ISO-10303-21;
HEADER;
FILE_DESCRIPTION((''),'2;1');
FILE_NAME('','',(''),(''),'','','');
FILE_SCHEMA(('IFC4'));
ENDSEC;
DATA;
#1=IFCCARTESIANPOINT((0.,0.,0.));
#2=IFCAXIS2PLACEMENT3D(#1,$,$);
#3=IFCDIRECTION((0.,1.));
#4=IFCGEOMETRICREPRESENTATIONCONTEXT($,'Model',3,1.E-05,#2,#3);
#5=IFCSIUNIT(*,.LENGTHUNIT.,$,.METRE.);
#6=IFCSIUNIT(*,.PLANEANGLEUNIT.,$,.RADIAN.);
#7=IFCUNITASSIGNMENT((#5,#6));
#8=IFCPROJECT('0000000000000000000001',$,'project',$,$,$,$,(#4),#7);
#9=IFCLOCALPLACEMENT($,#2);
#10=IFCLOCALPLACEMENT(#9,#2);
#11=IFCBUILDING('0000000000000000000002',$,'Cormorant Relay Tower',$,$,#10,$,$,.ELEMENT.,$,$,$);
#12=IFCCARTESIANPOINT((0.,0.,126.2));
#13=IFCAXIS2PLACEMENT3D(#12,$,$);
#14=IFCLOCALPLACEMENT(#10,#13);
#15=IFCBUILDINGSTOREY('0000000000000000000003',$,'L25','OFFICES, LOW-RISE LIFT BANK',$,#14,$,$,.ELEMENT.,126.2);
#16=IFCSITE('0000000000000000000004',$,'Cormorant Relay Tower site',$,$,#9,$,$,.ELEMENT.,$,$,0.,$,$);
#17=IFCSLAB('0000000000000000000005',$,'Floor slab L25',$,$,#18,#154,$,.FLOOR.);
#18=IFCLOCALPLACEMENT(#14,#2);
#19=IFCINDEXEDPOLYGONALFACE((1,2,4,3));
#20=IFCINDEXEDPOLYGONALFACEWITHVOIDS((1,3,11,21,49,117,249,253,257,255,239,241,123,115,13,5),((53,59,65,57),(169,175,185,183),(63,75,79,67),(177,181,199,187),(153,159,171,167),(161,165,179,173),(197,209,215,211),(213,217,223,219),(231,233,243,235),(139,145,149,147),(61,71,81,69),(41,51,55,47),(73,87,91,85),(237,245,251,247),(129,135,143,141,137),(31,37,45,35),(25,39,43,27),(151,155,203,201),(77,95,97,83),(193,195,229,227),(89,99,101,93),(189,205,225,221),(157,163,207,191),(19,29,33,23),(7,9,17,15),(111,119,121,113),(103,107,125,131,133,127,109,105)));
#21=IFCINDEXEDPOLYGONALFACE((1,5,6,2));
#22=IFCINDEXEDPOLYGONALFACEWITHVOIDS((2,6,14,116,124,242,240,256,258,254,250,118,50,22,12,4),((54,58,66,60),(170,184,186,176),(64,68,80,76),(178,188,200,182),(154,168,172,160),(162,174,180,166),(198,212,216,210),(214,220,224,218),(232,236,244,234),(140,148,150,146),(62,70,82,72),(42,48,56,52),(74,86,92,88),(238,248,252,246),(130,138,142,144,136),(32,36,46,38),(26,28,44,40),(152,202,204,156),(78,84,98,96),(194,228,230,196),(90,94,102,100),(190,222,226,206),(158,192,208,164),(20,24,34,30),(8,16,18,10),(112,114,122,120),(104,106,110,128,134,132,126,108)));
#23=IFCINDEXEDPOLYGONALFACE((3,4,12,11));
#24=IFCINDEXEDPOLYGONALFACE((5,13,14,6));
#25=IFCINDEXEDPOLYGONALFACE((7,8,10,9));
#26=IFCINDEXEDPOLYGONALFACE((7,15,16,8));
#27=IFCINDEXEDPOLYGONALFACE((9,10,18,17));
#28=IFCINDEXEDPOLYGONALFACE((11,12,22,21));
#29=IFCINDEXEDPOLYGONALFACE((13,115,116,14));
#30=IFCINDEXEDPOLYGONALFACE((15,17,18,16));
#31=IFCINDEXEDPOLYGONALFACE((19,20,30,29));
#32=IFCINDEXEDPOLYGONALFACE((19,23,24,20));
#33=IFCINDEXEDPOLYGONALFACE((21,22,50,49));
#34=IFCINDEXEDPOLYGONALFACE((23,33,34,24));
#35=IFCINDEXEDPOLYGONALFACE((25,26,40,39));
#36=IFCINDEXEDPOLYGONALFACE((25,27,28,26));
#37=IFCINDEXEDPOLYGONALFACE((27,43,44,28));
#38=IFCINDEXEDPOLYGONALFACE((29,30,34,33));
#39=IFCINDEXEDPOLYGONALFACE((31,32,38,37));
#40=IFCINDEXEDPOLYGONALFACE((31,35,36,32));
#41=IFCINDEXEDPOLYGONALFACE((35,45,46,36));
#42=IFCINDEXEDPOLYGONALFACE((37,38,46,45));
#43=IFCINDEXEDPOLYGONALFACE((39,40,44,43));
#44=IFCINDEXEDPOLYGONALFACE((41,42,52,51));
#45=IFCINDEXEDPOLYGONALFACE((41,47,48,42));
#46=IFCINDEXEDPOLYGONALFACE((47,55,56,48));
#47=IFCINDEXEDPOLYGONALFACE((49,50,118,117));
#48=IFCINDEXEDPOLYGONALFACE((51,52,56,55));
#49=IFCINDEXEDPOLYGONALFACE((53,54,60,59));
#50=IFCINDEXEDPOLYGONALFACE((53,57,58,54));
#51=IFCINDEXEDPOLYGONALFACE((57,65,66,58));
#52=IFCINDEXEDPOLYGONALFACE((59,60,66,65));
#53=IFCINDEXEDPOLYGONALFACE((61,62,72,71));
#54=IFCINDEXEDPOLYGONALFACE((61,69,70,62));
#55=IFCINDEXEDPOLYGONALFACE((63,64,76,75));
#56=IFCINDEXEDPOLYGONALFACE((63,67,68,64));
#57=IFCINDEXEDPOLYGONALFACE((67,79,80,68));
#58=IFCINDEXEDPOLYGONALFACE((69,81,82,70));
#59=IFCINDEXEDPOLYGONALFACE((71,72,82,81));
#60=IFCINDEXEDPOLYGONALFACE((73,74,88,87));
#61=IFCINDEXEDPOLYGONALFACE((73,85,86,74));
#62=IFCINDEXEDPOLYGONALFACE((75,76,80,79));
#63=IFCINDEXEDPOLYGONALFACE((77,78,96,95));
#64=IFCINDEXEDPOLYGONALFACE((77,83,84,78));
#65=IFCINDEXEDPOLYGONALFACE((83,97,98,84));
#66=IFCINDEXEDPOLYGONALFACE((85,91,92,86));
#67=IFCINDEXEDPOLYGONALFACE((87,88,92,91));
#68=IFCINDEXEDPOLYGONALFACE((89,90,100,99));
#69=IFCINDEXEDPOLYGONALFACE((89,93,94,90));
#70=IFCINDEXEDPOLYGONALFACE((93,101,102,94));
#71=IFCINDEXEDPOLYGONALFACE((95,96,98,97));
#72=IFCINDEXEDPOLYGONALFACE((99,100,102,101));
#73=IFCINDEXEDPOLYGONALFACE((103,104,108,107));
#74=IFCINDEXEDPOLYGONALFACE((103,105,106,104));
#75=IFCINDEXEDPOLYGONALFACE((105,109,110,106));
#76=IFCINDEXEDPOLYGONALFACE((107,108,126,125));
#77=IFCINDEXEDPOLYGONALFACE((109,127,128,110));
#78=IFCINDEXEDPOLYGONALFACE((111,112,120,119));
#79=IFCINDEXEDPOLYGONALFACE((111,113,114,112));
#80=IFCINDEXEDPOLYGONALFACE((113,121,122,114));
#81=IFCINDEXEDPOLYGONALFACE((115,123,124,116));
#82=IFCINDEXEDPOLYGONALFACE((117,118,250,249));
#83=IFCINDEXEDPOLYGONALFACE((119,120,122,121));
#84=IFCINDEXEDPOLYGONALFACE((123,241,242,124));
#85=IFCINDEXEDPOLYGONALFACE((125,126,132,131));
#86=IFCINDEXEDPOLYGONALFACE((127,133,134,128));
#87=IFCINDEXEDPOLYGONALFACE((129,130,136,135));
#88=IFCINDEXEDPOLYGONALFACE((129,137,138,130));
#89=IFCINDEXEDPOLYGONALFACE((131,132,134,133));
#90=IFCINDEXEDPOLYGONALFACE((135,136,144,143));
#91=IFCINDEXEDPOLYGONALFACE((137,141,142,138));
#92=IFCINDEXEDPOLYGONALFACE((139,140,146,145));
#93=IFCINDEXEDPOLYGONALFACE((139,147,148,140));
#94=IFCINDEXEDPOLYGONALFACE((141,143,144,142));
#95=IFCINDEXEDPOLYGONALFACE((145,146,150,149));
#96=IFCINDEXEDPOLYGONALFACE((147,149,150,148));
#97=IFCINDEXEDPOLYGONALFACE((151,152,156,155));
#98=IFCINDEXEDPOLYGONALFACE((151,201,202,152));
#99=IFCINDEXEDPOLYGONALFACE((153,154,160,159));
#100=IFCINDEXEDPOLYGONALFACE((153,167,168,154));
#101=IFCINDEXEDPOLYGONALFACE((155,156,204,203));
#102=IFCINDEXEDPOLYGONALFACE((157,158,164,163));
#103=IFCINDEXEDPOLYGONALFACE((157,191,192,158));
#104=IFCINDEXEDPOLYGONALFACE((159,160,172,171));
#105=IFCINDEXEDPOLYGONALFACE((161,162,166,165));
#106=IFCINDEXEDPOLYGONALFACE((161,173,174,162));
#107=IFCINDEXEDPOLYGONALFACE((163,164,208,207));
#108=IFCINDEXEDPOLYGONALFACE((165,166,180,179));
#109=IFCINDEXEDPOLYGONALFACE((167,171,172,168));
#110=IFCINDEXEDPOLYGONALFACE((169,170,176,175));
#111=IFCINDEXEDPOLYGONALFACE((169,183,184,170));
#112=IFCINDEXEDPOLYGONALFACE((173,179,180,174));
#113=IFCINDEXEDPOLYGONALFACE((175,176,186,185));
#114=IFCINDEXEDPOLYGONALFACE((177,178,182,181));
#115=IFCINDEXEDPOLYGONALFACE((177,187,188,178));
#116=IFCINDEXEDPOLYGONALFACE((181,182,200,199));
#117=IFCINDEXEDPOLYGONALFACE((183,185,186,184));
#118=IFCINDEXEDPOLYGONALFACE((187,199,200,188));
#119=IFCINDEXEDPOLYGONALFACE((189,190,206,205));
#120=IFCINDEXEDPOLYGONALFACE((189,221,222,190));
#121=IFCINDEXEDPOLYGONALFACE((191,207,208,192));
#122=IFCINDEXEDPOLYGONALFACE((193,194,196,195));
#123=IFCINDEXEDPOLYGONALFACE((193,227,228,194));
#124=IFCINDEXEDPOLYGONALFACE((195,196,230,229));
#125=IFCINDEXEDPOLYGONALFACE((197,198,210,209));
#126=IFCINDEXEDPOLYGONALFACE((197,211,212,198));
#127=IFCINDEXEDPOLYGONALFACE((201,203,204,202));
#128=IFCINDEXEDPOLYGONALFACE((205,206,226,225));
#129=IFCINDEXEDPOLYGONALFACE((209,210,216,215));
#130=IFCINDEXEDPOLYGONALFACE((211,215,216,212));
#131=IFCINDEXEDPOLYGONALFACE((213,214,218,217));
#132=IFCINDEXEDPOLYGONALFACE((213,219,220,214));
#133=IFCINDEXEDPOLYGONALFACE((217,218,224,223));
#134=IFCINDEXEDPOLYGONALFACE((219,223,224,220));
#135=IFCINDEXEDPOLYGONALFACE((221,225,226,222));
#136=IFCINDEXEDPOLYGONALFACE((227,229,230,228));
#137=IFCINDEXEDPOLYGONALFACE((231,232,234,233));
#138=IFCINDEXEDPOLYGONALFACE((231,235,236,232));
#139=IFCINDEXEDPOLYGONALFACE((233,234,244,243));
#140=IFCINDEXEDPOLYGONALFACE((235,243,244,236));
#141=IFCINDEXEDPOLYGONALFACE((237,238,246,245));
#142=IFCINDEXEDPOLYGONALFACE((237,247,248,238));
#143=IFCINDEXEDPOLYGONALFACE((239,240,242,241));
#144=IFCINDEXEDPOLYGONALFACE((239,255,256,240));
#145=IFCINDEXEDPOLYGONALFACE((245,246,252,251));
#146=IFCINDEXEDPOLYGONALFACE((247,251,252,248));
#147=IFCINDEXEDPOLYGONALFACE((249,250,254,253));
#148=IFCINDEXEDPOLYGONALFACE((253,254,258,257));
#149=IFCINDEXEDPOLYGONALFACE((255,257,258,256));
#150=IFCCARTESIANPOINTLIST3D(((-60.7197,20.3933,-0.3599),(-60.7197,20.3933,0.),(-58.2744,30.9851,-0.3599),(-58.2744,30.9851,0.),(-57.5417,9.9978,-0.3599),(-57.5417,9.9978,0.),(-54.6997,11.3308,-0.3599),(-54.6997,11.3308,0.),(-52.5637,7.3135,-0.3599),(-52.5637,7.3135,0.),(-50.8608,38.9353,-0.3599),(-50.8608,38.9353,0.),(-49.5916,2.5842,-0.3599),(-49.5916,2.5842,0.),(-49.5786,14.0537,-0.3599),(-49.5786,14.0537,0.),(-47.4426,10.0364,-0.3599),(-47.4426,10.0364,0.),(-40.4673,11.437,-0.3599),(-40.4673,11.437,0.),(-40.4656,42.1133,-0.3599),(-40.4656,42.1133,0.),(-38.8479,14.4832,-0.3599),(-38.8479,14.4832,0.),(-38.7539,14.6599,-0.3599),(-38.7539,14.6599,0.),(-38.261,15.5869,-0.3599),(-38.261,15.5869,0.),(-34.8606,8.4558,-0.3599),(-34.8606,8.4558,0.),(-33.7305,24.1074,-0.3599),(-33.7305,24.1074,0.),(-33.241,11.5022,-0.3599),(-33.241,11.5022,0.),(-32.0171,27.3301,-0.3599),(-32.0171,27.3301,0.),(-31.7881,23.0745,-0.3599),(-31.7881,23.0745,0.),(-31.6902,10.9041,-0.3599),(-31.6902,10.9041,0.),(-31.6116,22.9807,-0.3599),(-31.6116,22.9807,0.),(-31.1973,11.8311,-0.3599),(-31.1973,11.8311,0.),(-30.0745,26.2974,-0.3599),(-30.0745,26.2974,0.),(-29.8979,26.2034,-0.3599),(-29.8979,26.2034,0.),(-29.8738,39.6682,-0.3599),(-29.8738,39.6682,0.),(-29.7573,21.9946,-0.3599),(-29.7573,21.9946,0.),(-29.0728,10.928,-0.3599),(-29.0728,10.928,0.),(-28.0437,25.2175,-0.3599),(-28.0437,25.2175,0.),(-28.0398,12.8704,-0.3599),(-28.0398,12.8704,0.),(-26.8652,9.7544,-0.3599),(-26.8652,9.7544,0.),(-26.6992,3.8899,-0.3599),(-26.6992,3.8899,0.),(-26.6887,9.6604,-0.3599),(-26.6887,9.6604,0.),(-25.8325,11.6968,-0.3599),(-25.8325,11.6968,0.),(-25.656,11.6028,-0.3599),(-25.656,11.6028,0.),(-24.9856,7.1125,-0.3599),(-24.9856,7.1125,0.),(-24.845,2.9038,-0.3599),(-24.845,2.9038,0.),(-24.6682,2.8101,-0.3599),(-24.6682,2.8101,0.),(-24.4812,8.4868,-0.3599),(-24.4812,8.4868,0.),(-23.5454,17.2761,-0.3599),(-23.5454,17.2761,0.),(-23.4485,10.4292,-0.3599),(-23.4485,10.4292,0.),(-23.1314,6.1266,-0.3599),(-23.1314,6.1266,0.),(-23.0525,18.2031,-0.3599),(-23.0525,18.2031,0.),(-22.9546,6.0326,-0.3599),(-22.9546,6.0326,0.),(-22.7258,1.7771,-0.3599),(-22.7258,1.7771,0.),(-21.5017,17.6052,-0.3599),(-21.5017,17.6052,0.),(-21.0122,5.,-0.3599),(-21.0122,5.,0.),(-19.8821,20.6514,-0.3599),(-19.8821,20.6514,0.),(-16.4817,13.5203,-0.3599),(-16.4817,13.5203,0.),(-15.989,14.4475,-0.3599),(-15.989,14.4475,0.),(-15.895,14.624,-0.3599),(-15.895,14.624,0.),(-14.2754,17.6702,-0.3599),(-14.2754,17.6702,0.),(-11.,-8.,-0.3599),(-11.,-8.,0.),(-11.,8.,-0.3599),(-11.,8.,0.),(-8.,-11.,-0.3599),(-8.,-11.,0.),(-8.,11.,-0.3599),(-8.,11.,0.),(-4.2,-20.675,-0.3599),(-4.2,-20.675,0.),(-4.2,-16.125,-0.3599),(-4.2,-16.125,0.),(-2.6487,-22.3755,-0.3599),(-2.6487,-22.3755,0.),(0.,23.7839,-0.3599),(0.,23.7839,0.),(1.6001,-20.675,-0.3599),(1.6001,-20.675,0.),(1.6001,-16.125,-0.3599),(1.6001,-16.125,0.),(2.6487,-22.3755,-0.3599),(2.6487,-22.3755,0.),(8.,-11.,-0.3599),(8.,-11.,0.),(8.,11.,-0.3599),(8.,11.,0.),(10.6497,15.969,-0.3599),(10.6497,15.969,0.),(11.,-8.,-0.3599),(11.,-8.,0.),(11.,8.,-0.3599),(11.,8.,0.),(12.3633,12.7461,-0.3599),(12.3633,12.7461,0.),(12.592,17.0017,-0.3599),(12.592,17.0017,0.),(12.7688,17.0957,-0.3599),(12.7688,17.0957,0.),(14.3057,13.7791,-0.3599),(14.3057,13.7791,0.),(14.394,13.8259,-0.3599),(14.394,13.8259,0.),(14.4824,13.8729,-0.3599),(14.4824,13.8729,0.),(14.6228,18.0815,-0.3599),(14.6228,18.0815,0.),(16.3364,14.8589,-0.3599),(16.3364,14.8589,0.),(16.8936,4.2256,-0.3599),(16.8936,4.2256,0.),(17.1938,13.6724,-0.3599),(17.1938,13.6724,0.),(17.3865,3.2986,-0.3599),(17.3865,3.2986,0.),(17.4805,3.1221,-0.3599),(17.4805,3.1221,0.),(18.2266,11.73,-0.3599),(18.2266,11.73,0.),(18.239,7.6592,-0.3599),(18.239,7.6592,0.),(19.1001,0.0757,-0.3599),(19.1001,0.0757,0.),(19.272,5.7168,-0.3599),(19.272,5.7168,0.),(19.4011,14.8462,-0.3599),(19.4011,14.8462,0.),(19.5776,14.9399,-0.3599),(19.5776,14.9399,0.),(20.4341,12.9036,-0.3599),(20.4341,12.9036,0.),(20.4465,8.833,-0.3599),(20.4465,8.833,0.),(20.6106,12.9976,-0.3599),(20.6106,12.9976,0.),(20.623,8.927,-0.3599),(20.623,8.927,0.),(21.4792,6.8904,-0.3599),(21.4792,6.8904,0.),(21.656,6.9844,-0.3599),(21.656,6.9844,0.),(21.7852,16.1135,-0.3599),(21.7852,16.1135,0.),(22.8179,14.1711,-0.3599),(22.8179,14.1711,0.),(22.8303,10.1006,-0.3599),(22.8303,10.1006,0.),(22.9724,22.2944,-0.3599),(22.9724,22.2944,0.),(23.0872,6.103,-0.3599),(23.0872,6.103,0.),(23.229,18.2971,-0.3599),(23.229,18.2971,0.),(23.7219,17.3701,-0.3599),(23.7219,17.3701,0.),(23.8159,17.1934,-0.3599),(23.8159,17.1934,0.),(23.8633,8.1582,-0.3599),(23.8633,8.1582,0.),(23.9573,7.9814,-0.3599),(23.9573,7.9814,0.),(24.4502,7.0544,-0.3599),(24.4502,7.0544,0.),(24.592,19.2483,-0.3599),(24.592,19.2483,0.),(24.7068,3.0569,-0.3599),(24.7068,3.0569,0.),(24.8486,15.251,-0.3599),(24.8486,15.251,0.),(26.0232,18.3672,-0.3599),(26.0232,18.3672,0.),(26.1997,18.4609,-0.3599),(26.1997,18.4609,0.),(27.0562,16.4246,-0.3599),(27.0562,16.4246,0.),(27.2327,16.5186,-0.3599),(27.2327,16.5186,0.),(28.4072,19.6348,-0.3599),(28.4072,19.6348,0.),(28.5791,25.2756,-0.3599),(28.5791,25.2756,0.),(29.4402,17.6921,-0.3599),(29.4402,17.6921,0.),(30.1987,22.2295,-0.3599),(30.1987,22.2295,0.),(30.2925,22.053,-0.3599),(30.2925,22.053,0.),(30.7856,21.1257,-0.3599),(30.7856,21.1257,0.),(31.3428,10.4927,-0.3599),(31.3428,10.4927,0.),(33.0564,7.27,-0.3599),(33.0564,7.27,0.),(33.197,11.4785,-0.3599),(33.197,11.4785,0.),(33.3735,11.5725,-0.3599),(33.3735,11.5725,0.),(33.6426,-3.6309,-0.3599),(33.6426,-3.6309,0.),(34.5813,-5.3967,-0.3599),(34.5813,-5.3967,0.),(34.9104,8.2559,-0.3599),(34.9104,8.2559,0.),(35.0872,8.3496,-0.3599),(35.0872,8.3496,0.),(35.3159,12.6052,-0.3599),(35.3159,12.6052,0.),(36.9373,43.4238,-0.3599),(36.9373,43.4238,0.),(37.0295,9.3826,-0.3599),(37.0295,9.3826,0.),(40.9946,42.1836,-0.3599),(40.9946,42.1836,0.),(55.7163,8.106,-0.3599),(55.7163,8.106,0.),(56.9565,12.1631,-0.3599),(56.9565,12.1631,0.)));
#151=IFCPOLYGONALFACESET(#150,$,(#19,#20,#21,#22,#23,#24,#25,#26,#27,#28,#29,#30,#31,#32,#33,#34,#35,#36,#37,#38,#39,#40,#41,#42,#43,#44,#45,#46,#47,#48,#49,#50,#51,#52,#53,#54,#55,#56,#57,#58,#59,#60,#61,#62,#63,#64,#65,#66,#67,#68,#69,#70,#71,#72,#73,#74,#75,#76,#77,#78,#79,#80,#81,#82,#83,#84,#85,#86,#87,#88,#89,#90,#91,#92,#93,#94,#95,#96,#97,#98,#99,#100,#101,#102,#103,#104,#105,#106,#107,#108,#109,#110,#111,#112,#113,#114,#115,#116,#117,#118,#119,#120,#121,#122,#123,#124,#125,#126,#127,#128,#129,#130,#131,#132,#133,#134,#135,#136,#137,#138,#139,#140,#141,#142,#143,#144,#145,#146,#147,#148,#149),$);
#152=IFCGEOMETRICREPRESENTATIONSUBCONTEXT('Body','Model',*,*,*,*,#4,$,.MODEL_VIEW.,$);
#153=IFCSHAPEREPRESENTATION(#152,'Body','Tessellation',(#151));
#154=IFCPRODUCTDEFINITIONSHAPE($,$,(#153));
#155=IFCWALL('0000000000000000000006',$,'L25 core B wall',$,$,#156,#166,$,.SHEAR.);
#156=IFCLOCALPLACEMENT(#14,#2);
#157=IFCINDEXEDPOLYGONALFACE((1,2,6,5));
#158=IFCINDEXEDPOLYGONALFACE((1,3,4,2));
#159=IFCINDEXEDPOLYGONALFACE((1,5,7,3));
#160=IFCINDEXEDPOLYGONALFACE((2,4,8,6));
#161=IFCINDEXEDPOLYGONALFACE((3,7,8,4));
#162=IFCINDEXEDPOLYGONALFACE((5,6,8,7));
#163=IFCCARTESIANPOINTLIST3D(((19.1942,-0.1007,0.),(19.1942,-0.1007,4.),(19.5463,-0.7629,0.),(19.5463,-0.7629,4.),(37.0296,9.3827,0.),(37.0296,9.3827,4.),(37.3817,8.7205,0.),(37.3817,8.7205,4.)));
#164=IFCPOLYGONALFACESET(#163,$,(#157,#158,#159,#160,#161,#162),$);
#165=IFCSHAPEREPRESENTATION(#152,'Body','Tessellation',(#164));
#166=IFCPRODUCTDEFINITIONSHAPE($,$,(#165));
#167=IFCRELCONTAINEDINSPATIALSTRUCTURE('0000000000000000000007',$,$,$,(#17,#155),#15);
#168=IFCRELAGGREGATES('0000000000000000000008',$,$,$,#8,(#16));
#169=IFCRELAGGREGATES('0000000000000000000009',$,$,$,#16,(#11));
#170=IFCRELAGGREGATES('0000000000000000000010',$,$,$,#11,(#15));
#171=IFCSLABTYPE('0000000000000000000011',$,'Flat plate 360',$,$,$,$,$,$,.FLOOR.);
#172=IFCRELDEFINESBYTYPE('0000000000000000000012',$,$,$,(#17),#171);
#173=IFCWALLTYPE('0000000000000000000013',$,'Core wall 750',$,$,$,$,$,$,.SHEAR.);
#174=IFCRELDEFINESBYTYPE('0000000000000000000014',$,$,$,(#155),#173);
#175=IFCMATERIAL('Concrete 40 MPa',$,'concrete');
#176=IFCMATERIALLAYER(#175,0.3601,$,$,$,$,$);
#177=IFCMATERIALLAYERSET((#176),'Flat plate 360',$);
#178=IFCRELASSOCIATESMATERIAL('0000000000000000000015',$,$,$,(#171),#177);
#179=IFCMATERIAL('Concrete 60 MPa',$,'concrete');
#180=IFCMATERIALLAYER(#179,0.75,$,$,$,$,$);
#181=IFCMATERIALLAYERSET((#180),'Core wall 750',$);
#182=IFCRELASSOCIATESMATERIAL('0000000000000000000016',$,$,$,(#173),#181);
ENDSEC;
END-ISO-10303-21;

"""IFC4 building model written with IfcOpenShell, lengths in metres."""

from ifc_helpers import new_model, si_unit, direction, frame, frame_2d, origin, place, context, subcontext, project, spatial, polyline, rectangle, outline, extrude, material, layer, layer_set, type_object, element, save


model = new_model("IFC4")

# Units and contexts
model_context = context("Model", 3, precision=1e-05, world=origin(), true_north=direction((0.0, 1.0)))
body_context = subcontext(model_context, "Body", "Model", "MODEL_VIEW")
ifc_project = project(units=[si_unit("LENGTHUNIT", "METRE"), si_unit("PLANEANGLEUNIT", "RADIAN")], contexts=[model_context])

# Site, building, storey
site_placement = place(None, origin())
site = spatial("IfcSite", under=ifc_project, at=site_placement, Name="Cormorant Relay Tower site", CompositionType="ELEMENT", RefElevation=0.0)
building_placement = place(site_placement, origin())
building = spatial("IfcBuilding", under=site, at=building_placement, Name="Cormorant Relay Tower", CompositionType="ELEMENT")
storey_placement = place(building_placement, frame((0.0, 0.0, 126.2)))
storey = spatial("IfcBuildingStorey", under=building, at=storey_placement, Name="L25", Description="OFFICES, LOW-RISE LIFT BANK", CompositionType="ELEMENT", Elevation=126.2)

# Slab
ifc_material_1 = material(Name="Concrete 40 MPa", Category="concrete")
ifc_layer_1 = layer(ifc_material_1, 0.3601)
ifc_layer_set_1 = layer_set([ifc_layer_1], Name="Flat plate 360")
slab_type_1 = type_object("IfcSlabType", Name="Flat plate 360", PredefinedType="FLOOR", material=ifc_layer_set_1)
slab_1_placement = place(storey_placement, frame((0.0, 0.0, -0.3599)))
element("IfcSlab", 1, at=slab_1_placement, inside=storey, type_object=slab_type_1, Name="Floor slab L25", PredefinedType="FLOOR", context=body_context, shape_type="SweptSolid", body=[
    extrude(outline(polyline([(-60.7197, 20.3933), (-58.2744, 30.9851), (-50.8608, 38.9353), (-40.4656, 42.1133), (-29.8738, 39.6682), (0.0, 23.7839), (36.9373, 43.4238), (40.9946, 42.1836), (56.9565, 12.1631), (55.7163, 8.106), (33.6426, -3.6309), (34.5813, -5.3967), (2.6487, -22.3755), (-2.6487, -22.3755), (-49.5916, 2.5842), (-57.5417, 9.9978), (-60.7197, 20.3933)]), holes=[polyline([(11.0, -8.0), (11.0, 8.0), (8.0, 11.0), (-8.0, 11.0), (-11.0, 8.0), (-11.0, -8.0), (-8.0, -11.0), (8.0, -11.0), (11.0, -8.0)]), polyline([(-4.2, -16.125), (-4.2, -20.675), (1.6001, -20.675), (1.6001, -16.125), (-4.2, -16.125)]), polyline([(-22.9546, 6.0327), (-24.6682, 2.8101), (-22.7258, 1.7771), (-21.0122, 5.0), (-23.043, 6.0796), (-22.9546, 6.0327)]), polyline([(-24.9856, 7.1125), (-26.6992, 3.8899), (-24.845, 2.9038), (-23.1313, 6.1267), (-23.043, 6.0796), (-24.9856, 7.1125)]), polyline([(-24.4812, 8.4868), (-23.4485, 10.4292), (-25.656, 11.6028), (-26.6887, 9.6604), (-24.4812, 8.4868)]), polyline([(-49.5786, 14.0537), (-54.6997, 11.3308), (-52.5637, 7.3135), (-47.4426, 10.0364), (-49.5786, 14.0537)]), polyline([(-25.8325, 11.6968), (-28.0398, 12.8704), (-29.0728, 10.928), (-26.8652, 9.7544), (-25.8325, 11.6968)]), polyline([(-38.8479, 14.4832), (-40.4673, 11.437), (-34.8606, 8.4558), (-33.241, 11.5022), (-38.8479, 14.4832)]), polyline([(-38.261, 15.5869), (-38.7539, 14.6599), (-31.6902, 10.9041), (-31.1973, 11.8311), (-38.261, 15.5869)]), polyline([(14.3057, 13.7791), (12.592, 17.0017), (10.6497, 15.969), (12.3633, 12.7461), (14.394, 13.8259), (14.3057, 13.7791)]), polyline([(16.3364, 14.8589), (14.6228, 18.0815), (12.7688, 17.0957), (14.4824, 13.8728), (14.394, 13.8259), (16.3364, 14.8589)]), polyline([(-16.4817, 13.5203), (-15.989, 14.4475), (-23.0525, 18.2031), (-23.5454, 17.2761), (-16.4817, 13.5203)]), polyline([(-21.5017, 17.6052), (-15.895, 14.624), (-14.2754, 17.6702), (-19.8821, 20.6514), (-21.5017, 17.6052)]), polyline([(-31.6116, 22.9807), (-29.7573, 21.9946), (-28.0437, 25.2175), (-29.8979, 26.2034), (-31.6116, 22.9807)]), polyline([(-32.0171, 27.3301), (-33.7305, 24.1074), (-31.7881, 23.0745), (-30.0745, 26.2974), (-32.0171, 27.3301)]), polyline([(17.4805, 3.1221), (19.1001, 0.0757), (24.7068, 3.0569), (23.0872, 6.103), (17.4805, 3.1221)]), polyline([(16.8936, 4.2256), (17.3865, 3.2986), (24.4502, 7.0544), (23.9573, 7.9814), (16.8936, 4.2256)]), polyline([(20.4465, 8.833), (18.239, 7.6592), (19.272, 5.7168), (21.4792, 6.8904), (20.4465, 8.833)]), polyline([(21.656, 6.9844), (23.8633, 8.1582), (22.8303, 10.1006), (20.623, 8.927), (21.656, 6.9844)]), polyline([(33.197, 11.4785), (31.3428, 10.4927), (33.0564, 7.27), (34.9104, 8.2559), (33.197, 11.4785)]), polyline([(33.3735, 11.5725), (35.0872, 8.3496), (37.0295, 9.3826), (35.3159, 12.6052), (33.3735, 11.5725)]), polyline([(17.1938, 13.6724), (18.2266, 11.73), (20.4341, 12.9036), (19.4011, 14.8462), (17.1938, 13.6724)]), polyline([(20.6106, 12.9976), (22.8179, 14.1711), (21.7852, 16.1135), (19.5776, 14.9399), (20.6106, 12.9976)]), polyline([(26.0232, 18.3672), (23.8159, 17.1934), (24.8486, 15.251), (27.0562, 16.4246), (26.0232, 18.3672)]), polyline([(29.4402, 17.6921), (28.4072, 19.6348), (26.1997, 18.4609), (27.2327, 16.5186), (29.4402, 17.6921)]), polyline([(30.7856, 21.1257), (30.2925, 22.053), (23.229, 18.2971), (23.7219, 17.3701), (30.7856, 21.1257)]), polyline([(24.592, 19.2483), (30.1987, 22.2295), (28.5791, 25.2756), (22.9724, 22.2944), (24.592, 19.2483)])]), origin(), (0.0, 0.0, 1.0), 0.3599),
])

# Shared definitions
ifc_material_2 = material(Name="Concrete 60 MPa", Category="concrete")
ifc_layer_2 = layer(ifc_material_2, 0.75)
ifc_layer_set_2 = layer_set([ifc_layer_2], Name="Core wall 750")
wall_type_1 = type_object("IfcWallType", Name="Core wall 750", PredefinedType="SHEAR", material=ifc_layer_set_2)

# Wall
wall_1_placement = place(storey_placement, frame((19.3701, -0.4319, 0.0), z_axis=(0.0, 0.0, 1.0), x_axis=(0.882945, 0.469476, 0.0)))
element("IfcWall", 2, at=wall_1_placement, inside=storey, type_object=wall_type_1, Name="L25 core B wall", PredefinedType="SHEAR", context=body_context, shape_type="SweptSolid", body=[
    extrude(rectangle(XDim=20.2, YDim=0.75, at=frame_2d((10.1001, 0.0))), origin(), (0.0, 0.0, 1.0), 4.0),
])

save(model, "model.ifc")
